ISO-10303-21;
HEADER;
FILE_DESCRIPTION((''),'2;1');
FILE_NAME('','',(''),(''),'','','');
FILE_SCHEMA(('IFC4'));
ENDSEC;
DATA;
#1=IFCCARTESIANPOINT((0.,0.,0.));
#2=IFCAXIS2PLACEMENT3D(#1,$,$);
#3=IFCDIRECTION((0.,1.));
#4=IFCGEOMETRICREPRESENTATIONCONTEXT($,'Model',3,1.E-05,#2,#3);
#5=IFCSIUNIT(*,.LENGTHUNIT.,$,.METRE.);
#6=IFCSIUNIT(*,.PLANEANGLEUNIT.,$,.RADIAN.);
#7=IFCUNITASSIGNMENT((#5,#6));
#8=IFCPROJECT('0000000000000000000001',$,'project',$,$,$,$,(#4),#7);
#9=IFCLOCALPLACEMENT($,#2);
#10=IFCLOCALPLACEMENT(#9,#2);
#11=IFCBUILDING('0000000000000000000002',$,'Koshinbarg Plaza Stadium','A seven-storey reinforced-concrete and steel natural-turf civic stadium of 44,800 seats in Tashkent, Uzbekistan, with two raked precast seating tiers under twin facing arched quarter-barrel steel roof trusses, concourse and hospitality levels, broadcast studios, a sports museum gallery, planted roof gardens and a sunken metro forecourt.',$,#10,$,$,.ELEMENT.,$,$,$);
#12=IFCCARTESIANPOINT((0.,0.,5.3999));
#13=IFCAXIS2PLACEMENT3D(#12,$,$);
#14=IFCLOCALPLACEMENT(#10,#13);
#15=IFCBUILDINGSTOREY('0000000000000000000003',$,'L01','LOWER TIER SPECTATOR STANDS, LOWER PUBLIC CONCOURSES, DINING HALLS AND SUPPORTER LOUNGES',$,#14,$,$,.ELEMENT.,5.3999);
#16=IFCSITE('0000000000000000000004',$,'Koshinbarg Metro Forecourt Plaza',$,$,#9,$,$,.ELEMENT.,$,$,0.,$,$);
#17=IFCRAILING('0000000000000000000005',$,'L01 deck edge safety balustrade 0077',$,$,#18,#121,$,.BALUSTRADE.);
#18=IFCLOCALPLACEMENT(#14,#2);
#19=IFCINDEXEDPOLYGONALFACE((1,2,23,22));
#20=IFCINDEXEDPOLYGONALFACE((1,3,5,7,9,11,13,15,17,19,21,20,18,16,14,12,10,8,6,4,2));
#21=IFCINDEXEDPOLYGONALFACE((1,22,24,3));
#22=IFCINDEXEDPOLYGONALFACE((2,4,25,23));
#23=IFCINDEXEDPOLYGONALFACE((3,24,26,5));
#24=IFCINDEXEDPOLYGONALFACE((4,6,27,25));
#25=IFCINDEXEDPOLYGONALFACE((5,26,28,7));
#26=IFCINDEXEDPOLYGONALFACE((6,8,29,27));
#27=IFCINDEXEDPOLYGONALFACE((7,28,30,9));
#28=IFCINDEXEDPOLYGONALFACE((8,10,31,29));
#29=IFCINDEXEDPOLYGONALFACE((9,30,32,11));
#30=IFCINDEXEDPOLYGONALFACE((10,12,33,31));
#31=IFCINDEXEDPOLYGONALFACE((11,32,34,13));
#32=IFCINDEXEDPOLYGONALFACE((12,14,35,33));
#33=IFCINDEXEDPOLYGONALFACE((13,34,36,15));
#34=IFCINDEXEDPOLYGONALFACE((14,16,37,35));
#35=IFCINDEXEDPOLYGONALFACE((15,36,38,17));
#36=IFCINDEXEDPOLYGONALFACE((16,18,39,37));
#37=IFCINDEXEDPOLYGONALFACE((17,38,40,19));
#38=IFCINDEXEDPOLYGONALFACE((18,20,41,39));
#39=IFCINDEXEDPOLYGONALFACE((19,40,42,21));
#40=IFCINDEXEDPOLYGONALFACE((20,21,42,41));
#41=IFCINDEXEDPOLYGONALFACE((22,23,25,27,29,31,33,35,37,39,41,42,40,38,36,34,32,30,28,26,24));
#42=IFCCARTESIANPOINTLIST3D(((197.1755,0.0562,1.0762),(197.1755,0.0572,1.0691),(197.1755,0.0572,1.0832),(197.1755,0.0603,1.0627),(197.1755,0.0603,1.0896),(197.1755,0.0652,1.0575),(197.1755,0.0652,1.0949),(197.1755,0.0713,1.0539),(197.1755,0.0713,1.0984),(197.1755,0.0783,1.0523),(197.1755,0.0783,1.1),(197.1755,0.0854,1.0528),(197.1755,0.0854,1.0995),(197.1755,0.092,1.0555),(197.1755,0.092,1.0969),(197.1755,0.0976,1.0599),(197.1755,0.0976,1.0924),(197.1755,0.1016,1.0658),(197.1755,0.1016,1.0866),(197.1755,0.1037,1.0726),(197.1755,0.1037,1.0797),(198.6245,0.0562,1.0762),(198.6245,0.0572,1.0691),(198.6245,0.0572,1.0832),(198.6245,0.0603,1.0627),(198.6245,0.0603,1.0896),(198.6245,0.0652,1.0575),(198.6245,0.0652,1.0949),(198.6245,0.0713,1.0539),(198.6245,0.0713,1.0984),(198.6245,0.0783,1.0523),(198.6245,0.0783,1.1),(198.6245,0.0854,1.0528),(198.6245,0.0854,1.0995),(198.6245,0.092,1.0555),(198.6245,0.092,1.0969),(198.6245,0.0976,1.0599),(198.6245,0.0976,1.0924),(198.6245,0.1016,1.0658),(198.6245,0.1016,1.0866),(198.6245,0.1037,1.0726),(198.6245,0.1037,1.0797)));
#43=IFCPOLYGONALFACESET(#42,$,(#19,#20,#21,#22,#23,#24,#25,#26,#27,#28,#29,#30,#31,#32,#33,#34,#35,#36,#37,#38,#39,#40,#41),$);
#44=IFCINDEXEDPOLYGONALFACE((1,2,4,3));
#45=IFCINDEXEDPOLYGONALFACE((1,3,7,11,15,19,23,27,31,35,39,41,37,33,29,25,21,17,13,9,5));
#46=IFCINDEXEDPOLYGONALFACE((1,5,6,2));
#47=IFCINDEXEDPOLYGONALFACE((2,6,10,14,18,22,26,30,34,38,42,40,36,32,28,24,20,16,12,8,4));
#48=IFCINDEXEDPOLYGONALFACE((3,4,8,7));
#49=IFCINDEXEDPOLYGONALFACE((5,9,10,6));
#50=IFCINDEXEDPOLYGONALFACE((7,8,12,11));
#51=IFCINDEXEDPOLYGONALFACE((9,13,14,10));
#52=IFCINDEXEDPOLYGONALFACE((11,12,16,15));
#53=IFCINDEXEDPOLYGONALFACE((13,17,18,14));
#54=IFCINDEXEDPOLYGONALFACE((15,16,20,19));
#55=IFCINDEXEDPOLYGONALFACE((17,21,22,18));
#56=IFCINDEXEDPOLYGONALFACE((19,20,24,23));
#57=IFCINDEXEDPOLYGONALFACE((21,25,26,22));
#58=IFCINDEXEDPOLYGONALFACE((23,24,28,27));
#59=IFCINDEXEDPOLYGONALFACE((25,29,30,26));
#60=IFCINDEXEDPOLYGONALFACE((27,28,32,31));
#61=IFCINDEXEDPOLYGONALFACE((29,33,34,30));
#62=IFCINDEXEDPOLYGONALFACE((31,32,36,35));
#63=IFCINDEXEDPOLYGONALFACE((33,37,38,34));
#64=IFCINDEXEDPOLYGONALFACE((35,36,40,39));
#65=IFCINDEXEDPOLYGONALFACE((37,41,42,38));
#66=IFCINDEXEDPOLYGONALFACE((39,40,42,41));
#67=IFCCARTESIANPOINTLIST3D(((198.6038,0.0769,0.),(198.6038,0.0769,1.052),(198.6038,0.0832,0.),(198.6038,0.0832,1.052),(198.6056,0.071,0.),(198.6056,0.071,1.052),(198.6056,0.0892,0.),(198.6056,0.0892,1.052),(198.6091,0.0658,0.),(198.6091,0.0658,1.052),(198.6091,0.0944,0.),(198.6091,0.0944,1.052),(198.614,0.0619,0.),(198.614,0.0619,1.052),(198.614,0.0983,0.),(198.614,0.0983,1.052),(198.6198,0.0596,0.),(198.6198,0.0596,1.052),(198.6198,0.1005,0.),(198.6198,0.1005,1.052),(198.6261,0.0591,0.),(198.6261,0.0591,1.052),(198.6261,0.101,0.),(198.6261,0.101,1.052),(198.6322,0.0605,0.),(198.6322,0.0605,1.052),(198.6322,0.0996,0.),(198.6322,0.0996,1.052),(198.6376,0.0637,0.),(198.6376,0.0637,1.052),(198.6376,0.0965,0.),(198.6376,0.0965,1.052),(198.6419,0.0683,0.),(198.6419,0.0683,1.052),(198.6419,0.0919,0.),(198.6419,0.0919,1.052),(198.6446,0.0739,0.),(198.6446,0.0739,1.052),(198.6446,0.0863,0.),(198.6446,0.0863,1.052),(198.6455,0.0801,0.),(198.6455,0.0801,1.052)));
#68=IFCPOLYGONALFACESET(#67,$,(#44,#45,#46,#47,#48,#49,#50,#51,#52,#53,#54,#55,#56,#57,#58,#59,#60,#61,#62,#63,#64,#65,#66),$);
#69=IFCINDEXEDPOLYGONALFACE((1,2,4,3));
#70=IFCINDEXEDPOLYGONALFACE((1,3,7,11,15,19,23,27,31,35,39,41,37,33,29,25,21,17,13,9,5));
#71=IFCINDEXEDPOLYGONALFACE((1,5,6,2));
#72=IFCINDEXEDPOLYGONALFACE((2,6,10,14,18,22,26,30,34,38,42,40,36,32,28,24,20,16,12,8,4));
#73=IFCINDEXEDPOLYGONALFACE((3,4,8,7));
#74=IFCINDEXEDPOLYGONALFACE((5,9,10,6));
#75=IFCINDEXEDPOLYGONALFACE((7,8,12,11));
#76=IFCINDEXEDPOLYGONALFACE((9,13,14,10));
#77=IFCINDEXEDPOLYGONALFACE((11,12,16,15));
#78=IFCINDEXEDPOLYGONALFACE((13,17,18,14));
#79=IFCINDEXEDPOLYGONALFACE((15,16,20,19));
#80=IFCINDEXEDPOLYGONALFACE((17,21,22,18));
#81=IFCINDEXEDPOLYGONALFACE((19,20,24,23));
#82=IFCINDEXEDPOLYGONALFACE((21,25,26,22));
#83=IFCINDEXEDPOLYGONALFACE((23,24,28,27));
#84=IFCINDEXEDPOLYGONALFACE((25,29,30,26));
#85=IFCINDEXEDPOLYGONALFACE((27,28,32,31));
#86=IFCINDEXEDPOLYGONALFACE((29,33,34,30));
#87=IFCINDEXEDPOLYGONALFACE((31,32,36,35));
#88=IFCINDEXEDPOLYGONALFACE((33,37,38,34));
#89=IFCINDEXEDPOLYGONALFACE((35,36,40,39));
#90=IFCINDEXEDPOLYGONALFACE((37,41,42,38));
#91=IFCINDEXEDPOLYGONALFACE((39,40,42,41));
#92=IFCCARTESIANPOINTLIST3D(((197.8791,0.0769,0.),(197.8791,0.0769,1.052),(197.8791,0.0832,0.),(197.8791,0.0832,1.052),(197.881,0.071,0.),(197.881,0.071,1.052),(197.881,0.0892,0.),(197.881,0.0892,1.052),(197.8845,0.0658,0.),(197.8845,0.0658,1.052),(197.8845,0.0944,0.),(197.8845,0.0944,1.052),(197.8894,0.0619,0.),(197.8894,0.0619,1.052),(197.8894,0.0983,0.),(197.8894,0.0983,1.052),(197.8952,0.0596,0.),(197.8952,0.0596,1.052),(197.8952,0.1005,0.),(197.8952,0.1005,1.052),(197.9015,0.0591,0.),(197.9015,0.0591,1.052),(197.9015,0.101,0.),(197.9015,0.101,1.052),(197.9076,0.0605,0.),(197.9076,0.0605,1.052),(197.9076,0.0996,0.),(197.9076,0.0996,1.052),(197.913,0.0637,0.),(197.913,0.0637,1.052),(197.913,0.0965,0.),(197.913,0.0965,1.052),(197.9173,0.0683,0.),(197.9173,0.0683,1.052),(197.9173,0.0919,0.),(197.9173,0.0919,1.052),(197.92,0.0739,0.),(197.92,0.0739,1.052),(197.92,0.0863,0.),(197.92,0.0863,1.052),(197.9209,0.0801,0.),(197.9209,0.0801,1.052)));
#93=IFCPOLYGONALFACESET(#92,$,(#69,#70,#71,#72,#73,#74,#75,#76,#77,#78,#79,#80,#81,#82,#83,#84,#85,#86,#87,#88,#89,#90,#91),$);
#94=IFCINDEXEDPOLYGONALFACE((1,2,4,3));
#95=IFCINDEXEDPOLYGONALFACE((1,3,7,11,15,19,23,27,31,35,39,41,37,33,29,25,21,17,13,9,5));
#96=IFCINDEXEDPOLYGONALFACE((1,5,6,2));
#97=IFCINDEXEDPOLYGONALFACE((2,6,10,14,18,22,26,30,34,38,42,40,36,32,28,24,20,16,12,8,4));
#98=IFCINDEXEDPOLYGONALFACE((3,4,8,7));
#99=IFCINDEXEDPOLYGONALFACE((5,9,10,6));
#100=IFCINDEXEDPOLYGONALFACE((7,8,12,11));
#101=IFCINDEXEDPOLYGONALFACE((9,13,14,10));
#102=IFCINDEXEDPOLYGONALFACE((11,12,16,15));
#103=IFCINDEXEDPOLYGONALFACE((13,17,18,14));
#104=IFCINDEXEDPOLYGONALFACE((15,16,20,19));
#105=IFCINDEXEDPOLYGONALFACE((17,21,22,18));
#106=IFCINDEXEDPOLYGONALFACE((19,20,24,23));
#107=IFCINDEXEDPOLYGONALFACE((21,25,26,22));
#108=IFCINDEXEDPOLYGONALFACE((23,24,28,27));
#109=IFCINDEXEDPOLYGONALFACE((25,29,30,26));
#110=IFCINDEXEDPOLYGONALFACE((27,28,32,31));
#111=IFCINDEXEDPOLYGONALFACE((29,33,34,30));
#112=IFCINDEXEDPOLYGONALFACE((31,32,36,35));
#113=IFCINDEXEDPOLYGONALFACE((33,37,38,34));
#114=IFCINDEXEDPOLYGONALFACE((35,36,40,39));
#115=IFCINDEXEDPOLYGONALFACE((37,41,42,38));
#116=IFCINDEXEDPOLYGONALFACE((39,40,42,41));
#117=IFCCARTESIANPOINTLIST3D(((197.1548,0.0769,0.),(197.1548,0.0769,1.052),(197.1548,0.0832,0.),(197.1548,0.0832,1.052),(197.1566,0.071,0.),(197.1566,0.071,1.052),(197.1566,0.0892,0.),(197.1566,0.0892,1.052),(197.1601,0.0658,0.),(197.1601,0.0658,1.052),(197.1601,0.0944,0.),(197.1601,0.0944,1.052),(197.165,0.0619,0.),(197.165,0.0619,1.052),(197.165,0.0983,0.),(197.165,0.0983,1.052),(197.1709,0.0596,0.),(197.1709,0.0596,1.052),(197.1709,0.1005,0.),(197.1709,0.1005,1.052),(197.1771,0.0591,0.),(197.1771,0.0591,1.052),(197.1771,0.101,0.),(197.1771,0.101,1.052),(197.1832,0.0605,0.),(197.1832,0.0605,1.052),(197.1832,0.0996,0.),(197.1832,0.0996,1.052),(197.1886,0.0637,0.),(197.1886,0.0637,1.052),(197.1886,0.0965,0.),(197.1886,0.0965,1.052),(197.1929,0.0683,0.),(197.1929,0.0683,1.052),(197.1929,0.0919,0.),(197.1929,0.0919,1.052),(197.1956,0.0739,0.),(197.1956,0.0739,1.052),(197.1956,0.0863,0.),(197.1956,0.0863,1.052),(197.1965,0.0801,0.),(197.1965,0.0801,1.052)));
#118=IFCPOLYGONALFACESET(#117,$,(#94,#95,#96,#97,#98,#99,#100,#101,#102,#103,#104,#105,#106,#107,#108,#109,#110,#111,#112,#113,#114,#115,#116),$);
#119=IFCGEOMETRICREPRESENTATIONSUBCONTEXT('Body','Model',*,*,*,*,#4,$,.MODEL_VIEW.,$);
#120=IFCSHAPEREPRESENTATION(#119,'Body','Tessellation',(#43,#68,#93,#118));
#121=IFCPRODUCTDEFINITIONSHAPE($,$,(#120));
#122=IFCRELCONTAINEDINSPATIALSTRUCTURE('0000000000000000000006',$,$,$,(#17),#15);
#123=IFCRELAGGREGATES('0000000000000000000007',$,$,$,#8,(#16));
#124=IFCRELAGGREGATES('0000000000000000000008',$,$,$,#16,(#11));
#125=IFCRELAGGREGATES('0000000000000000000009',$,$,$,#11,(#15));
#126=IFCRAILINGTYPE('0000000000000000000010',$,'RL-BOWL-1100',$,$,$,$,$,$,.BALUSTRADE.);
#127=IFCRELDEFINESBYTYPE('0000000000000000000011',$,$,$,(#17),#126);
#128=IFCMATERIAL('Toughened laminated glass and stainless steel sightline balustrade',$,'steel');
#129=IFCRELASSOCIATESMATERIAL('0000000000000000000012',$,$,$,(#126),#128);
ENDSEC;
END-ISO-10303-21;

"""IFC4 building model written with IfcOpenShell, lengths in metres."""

from ifc_helpers import new_model, si_unit, direction, frame, origin, origin_2d, place, context, subcontext, project, spatial, circle, extrude, material, type_object, element, save


model = new_model("IFC4")

# Units and contexts
model_context = context("Model", 3, precision=1e-05, world=origin(), true_north=direction((0.0, 1.0)))
body_context = subcontext(model_context, "Body", "Model", "MODEL_VIEW")
ifc_project = project(units=[si_unit("LENGTHUNIT", "METRE"), si_unit("PLANEANGLEUNIT", "RADIAN")], contexts=[model_context])

# Site, building, storey
site_placement = place(None, origin())
site = spatial("IfcSite", under=ifc_project, at=site_placement, Name="Koshinbarg Metro Forecourt Plaza", CompositionType="ELEMENT", RefElevation=0.0)
building_placement = place(site_placement, origin())
building = spatial("IfcBuilding", under=site, at=building_placement, Name="Koshinbarg Plaza Stadium", Description="A seven-storey reinforced-concrete and steel natural-turf civic stadium of 44,800 seats in Tashkent, Uzbekistan, with two raked precast seating tiers under twin facing arched quarter-barrel steel roof trusses, concourse and hospitality levels, broadcast studios, a sports museum gallery, planted roof gardens and a sunken metro forecourt.", CompositionType="ELEMENT")
storey_placement = place(building_placement, frame((0.0, 0.0, 5.3999)))
storey = spatial("IfcBuildingStorey", under=building, at=storey_placement, Name="L01", Description="LOWER TIER SPECTATOR STANDS, LOWER PUBLIC CONCOURSES, DINING HALLS AND SUPPORTER LOUNGES", CompositionType="ELEMENT", Elevation=5.3999)

# Railing
ifc_material_1 = material(Name="Toughened laminated glass and stainless steel sightline balustrade", Category="steel")
railing_type = type_object("IfcRailingType", Name="RL-BOWL-1100", PredefinedType="BALUSTRADE", material=ifc_material_1)
railing_placement = place(storey_placement, frame((198.6245, 0.0801, 0.0)))
element("IfcRailing", 1, at=railing_placement, inside=storey, type_object=railing_type, Name="L01 deck edge safety balustrade 0077", PredefinedType="BALUSTRADE", context=body_context, shape_type="SweptSolid", body=[
    extrude(circle(Radius=0.0239, at=origin_2d()), frame((0.0, 0.0, 1.0762), z_axis=(-1.0, 0.0, 0.0), x_axis=(0.0, -1.0, 0.0)), (0.0, 0.0, 1.0), 1.449),
    extrude(circle(Radius=0.021, at=origin_2d()), origin(), (0.0, 0.0, 1.0), 1.052),
    extrude(circle(Radius=0.021, at=origin_2d()), frame((-0.7246, 0.0, 0.0)), (0.0, 0.0, 1.0), 1.052),
    extrude(circle(Radius=0.021, at=origin_2d()), frame((-1.449, 0.0, 0.0)), (0.0, 0.0, 1.0), 1.052),
])

save(model, "model.ifc")
